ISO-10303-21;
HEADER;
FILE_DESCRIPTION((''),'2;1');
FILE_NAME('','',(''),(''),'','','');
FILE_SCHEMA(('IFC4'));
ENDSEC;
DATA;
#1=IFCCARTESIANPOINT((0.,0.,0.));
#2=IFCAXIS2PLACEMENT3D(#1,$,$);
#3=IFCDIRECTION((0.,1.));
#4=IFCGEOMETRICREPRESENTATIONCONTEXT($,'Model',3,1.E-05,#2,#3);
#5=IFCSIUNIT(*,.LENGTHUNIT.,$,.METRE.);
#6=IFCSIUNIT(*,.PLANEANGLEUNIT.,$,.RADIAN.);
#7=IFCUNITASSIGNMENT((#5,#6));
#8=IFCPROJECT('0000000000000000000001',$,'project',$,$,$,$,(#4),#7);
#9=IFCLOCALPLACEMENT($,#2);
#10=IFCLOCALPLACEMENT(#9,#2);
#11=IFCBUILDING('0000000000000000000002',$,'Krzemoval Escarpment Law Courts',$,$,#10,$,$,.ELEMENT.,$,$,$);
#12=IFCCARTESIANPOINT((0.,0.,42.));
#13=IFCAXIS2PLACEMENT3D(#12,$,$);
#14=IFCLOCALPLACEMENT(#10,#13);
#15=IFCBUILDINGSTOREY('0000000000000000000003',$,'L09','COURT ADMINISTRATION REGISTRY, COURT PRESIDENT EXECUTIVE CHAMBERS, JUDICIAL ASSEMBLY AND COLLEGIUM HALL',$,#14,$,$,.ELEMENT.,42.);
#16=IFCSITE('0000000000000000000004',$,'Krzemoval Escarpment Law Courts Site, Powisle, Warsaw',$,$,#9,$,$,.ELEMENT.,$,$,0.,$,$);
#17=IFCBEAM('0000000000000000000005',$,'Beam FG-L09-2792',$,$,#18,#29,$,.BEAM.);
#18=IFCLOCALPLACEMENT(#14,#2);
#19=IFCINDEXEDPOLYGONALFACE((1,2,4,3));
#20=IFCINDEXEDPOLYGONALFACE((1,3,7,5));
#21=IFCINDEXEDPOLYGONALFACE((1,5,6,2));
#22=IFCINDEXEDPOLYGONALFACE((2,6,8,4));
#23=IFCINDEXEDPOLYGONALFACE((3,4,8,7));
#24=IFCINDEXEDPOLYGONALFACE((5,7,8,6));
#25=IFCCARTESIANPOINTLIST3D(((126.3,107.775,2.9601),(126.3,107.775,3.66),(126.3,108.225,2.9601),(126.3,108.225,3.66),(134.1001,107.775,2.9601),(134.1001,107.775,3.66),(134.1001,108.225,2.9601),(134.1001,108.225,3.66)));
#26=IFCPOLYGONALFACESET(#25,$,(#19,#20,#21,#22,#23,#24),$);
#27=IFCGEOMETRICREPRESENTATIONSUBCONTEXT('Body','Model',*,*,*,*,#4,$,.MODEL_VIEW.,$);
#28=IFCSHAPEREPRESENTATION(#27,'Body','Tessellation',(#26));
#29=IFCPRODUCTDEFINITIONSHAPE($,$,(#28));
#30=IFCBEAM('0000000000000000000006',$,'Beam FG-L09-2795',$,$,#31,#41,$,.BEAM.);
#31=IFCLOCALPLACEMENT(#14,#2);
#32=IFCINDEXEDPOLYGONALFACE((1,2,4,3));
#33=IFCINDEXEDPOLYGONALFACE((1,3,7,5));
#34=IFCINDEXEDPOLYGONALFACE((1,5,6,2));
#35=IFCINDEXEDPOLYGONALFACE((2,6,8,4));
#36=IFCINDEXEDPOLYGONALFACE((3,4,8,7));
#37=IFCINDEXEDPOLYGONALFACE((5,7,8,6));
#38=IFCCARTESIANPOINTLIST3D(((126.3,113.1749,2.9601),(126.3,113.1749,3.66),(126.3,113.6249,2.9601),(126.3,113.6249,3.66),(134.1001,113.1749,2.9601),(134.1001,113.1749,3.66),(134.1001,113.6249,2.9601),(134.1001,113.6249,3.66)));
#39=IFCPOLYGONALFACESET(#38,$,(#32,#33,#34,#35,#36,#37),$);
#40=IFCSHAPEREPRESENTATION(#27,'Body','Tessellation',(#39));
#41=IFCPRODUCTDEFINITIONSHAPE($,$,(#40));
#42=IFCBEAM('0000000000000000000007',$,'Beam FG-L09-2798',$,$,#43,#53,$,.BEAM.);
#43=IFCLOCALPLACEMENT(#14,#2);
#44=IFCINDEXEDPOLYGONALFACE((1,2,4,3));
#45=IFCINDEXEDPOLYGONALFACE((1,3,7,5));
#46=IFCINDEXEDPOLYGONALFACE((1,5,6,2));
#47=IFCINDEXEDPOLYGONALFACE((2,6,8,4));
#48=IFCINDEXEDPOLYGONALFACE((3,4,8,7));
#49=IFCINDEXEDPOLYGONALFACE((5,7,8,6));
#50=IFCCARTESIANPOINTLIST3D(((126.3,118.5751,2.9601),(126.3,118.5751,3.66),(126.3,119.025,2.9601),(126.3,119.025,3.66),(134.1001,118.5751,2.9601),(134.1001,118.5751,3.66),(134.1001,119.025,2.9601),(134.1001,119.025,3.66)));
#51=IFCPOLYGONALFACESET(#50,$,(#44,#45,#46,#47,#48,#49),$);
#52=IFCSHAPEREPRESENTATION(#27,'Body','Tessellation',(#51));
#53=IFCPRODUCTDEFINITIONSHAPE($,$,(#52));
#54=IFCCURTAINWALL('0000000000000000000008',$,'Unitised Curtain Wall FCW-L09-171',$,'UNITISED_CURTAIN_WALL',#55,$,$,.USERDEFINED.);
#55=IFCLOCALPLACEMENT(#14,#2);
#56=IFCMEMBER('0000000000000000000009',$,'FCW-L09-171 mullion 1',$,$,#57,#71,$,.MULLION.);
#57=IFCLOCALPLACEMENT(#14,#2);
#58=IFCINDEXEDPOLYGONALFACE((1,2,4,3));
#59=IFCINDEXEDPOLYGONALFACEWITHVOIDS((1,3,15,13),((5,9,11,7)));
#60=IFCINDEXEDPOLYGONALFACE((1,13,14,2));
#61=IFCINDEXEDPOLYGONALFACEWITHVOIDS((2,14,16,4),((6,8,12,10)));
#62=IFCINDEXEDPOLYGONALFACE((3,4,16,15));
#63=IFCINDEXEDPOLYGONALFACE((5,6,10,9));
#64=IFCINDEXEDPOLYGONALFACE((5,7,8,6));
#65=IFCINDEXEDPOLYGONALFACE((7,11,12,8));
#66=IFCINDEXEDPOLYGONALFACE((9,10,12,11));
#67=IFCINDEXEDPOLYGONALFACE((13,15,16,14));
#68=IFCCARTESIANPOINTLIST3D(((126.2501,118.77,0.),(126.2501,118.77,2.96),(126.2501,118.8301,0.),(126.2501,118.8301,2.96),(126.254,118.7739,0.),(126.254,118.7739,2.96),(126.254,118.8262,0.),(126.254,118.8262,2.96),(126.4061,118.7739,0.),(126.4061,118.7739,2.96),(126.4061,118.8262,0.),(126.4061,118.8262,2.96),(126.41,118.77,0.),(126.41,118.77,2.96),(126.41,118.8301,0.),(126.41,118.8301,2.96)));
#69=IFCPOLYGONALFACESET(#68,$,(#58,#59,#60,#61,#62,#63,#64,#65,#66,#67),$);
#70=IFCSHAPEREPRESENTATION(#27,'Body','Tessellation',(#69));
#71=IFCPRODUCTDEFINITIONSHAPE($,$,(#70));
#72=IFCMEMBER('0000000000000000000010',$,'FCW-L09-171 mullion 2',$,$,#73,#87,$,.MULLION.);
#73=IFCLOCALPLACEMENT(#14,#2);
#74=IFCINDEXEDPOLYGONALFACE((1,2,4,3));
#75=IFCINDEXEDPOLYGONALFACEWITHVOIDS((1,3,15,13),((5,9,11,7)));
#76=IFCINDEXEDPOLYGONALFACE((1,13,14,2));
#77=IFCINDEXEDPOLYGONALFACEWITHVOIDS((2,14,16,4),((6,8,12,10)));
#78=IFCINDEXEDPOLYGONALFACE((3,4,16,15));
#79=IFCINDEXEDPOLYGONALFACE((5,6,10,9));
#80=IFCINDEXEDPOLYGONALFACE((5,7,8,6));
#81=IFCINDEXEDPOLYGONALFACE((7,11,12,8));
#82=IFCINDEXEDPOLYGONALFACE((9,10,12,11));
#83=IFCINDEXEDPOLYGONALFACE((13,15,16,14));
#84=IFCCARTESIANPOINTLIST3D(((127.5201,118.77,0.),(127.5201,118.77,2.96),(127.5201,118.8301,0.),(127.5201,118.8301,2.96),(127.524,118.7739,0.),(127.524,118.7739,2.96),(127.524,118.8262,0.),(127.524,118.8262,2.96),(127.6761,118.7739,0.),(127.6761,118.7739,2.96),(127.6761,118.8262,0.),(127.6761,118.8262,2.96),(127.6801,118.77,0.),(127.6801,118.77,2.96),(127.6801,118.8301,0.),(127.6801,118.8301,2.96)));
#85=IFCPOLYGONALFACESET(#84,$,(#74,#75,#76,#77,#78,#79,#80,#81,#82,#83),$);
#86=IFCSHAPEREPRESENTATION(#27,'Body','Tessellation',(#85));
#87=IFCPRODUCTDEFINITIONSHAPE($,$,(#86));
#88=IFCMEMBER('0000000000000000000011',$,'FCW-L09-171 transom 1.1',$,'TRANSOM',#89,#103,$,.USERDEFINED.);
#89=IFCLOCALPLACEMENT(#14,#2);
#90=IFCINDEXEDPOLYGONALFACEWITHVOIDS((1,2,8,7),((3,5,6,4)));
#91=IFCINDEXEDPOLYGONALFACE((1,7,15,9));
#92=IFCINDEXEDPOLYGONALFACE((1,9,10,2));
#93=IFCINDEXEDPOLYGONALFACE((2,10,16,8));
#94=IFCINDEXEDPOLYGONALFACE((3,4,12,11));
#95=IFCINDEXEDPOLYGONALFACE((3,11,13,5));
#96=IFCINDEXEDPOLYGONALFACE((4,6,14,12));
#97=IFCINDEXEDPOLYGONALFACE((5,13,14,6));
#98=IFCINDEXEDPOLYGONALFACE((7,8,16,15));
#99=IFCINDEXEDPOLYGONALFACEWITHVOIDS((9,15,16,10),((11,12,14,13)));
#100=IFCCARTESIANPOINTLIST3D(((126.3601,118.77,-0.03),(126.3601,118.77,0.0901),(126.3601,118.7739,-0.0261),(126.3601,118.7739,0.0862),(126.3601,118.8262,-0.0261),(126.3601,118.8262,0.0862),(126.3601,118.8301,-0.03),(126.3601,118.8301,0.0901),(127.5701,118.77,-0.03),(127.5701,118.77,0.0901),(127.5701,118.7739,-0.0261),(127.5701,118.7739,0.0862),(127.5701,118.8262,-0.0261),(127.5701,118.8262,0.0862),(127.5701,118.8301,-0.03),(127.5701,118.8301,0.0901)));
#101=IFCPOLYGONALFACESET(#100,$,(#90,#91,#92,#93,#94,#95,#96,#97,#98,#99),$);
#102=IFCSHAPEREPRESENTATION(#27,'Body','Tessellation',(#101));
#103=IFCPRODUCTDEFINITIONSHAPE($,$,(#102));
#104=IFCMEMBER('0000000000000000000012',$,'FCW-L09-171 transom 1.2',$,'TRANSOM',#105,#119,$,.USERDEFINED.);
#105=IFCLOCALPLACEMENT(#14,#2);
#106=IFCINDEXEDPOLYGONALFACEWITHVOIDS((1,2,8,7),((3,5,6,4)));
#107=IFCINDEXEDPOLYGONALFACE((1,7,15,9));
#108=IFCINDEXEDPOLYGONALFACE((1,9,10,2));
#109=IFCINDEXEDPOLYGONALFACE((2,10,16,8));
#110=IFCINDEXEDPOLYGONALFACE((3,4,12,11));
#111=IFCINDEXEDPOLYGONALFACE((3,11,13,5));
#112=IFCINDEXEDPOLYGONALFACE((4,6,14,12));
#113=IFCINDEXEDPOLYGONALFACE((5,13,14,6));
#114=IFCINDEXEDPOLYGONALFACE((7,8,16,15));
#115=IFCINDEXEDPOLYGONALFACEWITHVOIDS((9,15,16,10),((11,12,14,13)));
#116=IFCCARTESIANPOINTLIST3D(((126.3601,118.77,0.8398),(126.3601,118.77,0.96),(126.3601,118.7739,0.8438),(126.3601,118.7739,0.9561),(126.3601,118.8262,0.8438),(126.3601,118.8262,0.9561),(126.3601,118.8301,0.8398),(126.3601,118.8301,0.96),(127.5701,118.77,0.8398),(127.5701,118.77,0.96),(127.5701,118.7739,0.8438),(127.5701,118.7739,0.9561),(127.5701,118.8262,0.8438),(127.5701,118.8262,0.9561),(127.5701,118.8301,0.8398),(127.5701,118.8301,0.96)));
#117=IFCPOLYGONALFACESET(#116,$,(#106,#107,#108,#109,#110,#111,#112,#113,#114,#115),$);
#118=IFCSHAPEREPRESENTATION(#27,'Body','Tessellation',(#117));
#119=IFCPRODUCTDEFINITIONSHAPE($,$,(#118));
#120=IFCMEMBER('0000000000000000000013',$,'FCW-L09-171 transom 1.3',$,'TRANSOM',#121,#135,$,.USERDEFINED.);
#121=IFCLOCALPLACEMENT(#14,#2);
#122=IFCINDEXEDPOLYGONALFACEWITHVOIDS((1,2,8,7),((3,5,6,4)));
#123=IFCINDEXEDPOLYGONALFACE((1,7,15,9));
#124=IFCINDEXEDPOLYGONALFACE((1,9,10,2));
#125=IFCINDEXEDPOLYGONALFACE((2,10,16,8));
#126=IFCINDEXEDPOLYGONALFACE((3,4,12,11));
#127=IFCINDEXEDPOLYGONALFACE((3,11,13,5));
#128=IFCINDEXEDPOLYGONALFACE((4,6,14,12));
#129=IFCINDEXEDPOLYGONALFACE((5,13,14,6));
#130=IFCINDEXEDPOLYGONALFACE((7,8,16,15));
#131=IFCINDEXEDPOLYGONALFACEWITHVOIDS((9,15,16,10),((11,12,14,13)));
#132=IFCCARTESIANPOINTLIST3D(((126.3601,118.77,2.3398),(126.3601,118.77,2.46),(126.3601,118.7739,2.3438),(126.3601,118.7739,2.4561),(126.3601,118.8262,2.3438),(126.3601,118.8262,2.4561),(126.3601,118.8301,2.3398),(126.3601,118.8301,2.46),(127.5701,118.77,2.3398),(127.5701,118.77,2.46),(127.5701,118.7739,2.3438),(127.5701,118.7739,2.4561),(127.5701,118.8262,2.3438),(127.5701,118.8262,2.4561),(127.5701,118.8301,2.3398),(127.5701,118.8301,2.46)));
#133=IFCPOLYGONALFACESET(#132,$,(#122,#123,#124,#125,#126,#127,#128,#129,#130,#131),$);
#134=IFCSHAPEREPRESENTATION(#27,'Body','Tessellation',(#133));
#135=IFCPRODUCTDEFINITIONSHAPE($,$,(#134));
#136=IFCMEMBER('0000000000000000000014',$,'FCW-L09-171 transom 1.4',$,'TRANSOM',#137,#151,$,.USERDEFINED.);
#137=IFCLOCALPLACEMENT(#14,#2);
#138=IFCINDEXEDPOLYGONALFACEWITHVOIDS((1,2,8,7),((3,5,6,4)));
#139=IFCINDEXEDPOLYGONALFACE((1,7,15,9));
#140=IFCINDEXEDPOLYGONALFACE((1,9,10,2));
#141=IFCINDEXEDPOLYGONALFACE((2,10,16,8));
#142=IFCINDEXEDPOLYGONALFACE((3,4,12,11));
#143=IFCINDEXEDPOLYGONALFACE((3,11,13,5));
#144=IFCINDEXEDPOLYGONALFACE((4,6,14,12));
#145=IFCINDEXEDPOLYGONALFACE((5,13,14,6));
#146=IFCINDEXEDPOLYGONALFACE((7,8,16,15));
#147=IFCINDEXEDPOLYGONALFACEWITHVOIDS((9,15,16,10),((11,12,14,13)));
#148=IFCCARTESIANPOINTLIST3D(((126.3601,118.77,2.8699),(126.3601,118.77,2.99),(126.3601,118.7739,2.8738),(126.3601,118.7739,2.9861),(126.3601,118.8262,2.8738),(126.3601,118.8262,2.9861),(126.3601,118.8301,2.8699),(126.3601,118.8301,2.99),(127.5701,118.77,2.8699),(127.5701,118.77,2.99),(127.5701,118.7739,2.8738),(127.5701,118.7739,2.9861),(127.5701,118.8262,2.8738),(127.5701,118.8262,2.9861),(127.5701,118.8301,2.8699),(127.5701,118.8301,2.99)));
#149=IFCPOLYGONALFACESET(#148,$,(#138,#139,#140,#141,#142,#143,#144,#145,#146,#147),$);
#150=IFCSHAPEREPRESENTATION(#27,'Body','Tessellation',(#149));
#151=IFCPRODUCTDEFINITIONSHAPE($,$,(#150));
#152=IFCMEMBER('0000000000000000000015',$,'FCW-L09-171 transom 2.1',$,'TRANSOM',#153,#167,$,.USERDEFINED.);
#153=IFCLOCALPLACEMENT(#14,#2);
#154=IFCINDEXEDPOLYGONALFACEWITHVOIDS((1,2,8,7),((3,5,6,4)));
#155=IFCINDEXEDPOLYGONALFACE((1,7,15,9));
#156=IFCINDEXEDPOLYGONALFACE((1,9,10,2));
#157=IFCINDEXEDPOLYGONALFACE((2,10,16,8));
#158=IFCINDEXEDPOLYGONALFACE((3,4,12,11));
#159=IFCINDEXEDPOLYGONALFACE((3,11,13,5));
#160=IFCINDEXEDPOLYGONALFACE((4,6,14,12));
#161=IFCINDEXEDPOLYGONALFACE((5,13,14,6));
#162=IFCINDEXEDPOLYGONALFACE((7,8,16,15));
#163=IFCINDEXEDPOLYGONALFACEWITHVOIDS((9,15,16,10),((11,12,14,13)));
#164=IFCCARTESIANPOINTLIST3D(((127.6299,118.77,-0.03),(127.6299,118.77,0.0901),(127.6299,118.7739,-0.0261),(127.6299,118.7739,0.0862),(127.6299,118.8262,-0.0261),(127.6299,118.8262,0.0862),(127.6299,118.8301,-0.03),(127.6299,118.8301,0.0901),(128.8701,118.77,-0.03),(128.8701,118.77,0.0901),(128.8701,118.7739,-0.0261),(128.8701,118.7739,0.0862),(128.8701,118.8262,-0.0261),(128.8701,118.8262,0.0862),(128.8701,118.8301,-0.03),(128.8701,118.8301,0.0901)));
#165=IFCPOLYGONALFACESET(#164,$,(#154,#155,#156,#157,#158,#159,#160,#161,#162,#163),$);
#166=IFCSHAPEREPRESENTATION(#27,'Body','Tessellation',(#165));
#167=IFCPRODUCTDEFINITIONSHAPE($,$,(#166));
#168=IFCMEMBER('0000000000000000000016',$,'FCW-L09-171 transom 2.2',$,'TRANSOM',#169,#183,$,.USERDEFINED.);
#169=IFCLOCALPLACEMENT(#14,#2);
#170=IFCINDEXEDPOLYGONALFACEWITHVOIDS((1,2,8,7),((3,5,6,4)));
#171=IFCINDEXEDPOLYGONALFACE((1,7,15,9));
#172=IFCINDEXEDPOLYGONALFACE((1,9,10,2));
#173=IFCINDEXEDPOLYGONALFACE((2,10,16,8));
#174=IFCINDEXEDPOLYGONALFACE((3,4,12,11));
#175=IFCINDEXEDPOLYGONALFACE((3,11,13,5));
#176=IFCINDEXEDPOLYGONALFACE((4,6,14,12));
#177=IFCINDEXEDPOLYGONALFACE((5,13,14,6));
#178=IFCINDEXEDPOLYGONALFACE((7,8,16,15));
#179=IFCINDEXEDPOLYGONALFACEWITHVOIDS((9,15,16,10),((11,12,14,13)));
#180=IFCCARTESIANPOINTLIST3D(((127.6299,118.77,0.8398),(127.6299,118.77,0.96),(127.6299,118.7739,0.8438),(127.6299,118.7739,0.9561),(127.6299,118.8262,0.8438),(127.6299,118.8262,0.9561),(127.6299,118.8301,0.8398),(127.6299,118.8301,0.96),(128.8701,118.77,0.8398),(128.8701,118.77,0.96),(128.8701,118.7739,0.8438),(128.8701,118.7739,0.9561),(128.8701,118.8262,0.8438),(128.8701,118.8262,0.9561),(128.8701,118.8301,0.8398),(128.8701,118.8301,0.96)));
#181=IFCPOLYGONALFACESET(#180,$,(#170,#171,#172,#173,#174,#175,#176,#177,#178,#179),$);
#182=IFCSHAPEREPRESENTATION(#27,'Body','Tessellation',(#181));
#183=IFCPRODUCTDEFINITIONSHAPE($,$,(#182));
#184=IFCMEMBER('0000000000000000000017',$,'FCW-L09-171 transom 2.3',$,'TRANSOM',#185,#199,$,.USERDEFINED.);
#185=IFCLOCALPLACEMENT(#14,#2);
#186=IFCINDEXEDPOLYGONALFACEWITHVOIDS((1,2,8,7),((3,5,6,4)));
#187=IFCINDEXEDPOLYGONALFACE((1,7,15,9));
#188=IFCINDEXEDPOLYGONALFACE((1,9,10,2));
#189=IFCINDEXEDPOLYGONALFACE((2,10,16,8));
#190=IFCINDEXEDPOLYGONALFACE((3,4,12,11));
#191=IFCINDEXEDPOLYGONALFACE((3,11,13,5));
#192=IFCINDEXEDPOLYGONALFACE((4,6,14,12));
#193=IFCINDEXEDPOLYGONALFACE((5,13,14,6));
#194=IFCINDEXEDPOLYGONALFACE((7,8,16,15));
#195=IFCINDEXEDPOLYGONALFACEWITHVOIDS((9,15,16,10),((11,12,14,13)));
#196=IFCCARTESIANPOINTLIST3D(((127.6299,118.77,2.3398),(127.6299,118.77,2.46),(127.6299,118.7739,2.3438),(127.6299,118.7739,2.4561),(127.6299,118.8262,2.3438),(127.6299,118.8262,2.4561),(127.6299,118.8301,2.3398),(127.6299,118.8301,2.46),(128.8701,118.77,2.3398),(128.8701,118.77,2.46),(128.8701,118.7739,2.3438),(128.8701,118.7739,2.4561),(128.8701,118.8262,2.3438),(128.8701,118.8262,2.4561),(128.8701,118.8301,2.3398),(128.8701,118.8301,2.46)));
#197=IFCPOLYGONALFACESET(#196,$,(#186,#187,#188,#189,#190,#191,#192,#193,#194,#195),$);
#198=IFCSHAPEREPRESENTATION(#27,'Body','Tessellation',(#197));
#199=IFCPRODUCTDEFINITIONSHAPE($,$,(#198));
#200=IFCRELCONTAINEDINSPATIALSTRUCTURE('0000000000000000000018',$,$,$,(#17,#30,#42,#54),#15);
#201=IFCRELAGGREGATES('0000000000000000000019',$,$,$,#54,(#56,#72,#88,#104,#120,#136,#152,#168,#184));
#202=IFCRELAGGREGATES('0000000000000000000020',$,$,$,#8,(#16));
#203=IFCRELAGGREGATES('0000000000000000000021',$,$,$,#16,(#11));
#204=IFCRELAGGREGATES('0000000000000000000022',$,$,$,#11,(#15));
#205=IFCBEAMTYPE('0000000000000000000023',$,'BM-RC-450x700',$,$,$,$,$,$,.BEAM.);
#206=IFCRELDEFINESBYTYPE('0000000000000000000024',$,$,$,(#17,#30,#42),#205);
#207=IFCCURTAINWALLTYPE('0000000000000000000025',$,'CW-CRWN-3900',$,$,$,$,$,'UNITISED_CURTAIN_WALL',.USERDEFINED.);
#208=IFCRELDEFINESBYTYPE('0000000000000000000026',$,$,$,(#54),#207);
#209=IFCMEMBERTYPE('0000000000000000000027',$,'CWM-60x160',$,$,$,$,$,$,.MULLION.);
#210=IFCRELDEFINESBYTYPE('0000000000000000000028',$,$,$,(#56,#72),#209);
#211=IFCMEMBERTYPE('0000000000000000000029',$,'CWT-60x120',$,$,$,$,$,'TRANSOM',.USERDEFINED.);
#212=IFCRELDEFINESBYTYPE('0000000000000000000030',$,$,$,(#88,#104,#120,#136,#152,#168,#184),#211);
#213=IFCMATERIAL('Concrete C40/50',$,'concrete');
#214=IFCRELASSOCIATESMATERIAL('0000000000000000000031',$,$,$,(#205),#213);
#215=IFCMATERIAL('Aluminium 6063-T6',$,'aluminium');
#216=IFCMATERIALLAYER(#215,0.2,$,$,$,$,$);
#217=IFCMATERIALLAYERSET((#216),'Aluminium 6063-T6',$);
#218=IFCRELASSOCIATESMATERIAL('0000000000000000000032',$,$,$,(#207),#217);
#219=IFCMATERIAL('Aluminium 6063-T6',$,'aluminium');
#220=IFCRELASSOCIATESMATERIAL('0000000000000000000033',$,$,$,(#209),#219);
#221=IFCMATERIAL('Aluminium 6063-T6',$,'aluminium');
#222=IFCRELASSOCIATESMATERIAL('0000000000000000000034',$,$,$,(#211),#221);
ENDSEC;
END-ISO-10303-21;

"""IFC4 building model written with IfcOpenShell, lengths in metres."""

from ifc_helpers import new_model, si_unit, direction, frame, origin, origin_2d, place, context, subcontext, project, spatial, rectangle, hollow_rectangle, extrude, material, layer, layer_set, material_profile, profile_set, type_object, element, aggregate, save


model = new_model("IFC4")

# Units and contexts
model_context = context("Model", 3, precision=1e-05, world=origin(), true_north=direction((0.0, 1.0)))
body_context = subcontext(model_context, "Body", "Model", "MODEL_VIEW")
ifc_project = project(units=[si_unit("LENGTHUNIT", "METRE"), si_unit("PLANEANGLEUNIT", "RADIAN")], contexts=[model_context])

# Site, building, storey
site_placement = place(None, origin())
site = spatial("IfcSite", under=ifc_project, at=site_placement, Name="Krzemoval Escarpment Law Courts Site, Powisle, Warsaw", CompositionType="ELEMENT", RefElevation=0.0)
building_placement = place(site_placement, origin())
building = spatial("IfcBuilding", under=site, at=building_placement, Name="Krzemoval Escarpment Law Courts", CompositionType="ELEMENT")
storey_placement = place(building_placement, frame((0.0, 0.0, 42.0)))
storey = spatial("IfcBuildingStorey", under=building, at=storey_placement, Name="L09", Description="COURT ADMINISTRATION REGISTRY, COURT PRESIDENT EXECUTIVE CHAMBERS, JUDICIAL ASSEMBLY AND COLLEGIUM HALL", CompositionType="ELEMENT", Elevation=42.0)

# Beams
ifc_material_1 = material(Name="Concrete C40/50", Category="concrete")
ifc_material_profile_1 = material_profile(ifc_material_1, rectangle(XDim=0.45, YDim=0.7, at=origin_2d()), Name="RCB 450x700")
ifc_profile_set_1 = profile_set([ifc_material_profile_1], Name="Concrete C40/50")
beam_type_1 = type_object("IfcBeamType", Name="BM-RC-450x700", PredefinedType="BEAM", material=ifc_profile_set_1)
for number, where, z_axis, x_axis, name in (
    (1, (126.3, 108.0, 3.3101), (1.0, 0.0, 0.0), (0.0, 1.0, 0.0), "Beam FG-L09-2792"),
    (2, (126.3, 113.3999, 3.3101), (1.0, 0.0, 0.0), (0.0, 1.0, 0.0), "Beam FG-L09-2795"),
    (3, (126.3, 118.8, 3.3101), (1.0, 0.0, 0.0), (0.0, 1.0, 0.0), "Beam FG-L09-2798"),
):
    element("IfcBeam", number, at=place(storey_placement, frame(where, z_axis=z_axis, x_axis=x_axis)), inside=storey, type_object=beam_type_1, Name=name, PredefinedType="BEAM", context=body_context, shape_type="SweptSolid", body=[
        extrude(rectangle(XDim=0.45, YDim=0.7, at=origin_2d()), origin(), (0.0, 0.0, 1.0), 7.8),
    ])

# Curtain wall, members
ifc_material_2 = material(Name="Aluminium 6063-T6", Category="aluminium")
ifc_layer_1 = layer(ifc_material_2, 0.2)
ifc_layer_set_1 = layer_set([ifc_layer_1], Name="Aluminium 6063-T6")
curtain_wall_type = type_object("IfcCurtainWallType", Name="CW-CRWN-3900", ElementType="UNITISED_CURTAIN_WALL", PredefinedType="USERDEFINED", material=ifc_layer_set_1)
curtain_wall_placement = place(storey_placement, origin())
curtain_wall = element("IfcCurtainWall", 4, at=curtain_wall_placement, inside=storey, type_object=curtain_wall_type, Name="Unitised Curtain Wall FCW-L09-171", ObjectType="UNITISED_CURTAIN_WALL", PredefinedType="USERDEFINED")
ifc_material_3 = material(Name="Aluminium 6063-T6", Category="aluminium")
ifc_material_profile_2 = material_profile(ifc_material_3, hollow_rectangle(XDim=0.0601, YDim=0.1599, WallThickness=0.0039, at=origin_2d()), Name="ALU M60x160")
ifc_profile_set_2 = profile_set([ifc_material_profile_2], Name="Aluminium 6063-T6")
member_type_1 = type_object("IfcMemberType", Name="CWM-60x160", PredefinedType="MULLION", material=ifc_profile_set_2)
member_1_placement = place(storey_placement, frame((126.3301, 118.8, 0.0), z_axis=(0.0, 0.0, 1.0), x_axis=(0.0, 1.0, 0.0)))
member_1 = element("IfcMember", 5, at=member_1_placement, type_object=member_type_1, Name="FCW-L09-171 mullion 1", PredefinedType="MULLION", context=body_context, shape_type="SweptSolid", body=[
    extrude(hollow_rectangle(XDim=0.0601, YDim=0.1599, WallThickness=0.0039, at=origin_2d()), origin(), (0.0, 0.0, 1.0), 2.96),
])
member_2_placement = place(storey_placement, frame((127.6001, 118.8, 0.0), z_axis=(0.0, 0.0, 1.0), x_axis=(0.0, 1.0, 0.0)))
member_2 = element("IfcMember", 6, at=member_2_placement, type_object=member_type_1, Name="FCW-L09-171 mullion 2", PredefinedType="MULLION", context=body_context, shape_type="SweptSolid", body=[
    extrude(hollow_rectangle(XDim=0.0601, YDim=0.1599, WallThickness=0.0039, at=origin_2d()), origin(), (0.0, 0.0, 1.0), 2.96),
])
ifc_material_4 = material(Name="Aluminium 6063-T6", Category="aluminium")
ifc_material_profile_3 = material_profile(ifc_material_4, hollow_rectangle(XDim=0.0601, YDim=0.1201, WallThickness=0.0039, at=origin_2d()), Name="ALU T60x120")
ifc_profile_set_3 = profile_set([ifc_material_profile_3], Name="Aluminium 6063-T6")
member_type_2 = type_object("IfcMemberType", Name="CWT-60x120", ElementType="TRANSOM", PredefinedType="USERDEFINED", material=ifc_profile_set_3)
member_3_placement = place(storey_placement, frame((126.3601, 118.8, 0.03), z_axis=(1.0, 0.0, 0.0), x_axis=(0.0, 1.0, 0.0)))
member_3 = element("IfcMember", 7, at=member_3_placement, type_object=member_type_2, Name="FCW-L09-171 transom 1.1", ObjectType="TRANSOM", PredefinedType="USERDEFINED", context=body_context, shape_type="SweptSolid", body=[
    extrude(hollow_rectangle(XDim=0.0601, YDim=0.1201, WallThickness=0.0039, at=origin_2d()), origin(), (0.0, 0.0, 1.0), 1.21),
])
member_4_placement = place(storey_placement, frame((126.3601, 118.8, 0.8999), z_axis=(1.0, 0.0, 0.0), x_axis=(0.0, 1.0, 0.0)))
member_4 = element("IfcMember", 8, at=member_4_placement, type_object=member_type_2, Name="FCW-L09-171 transom 1.2", ObjectType="TRANSOM", PredefinedType="USERDEFINED", context=body_context, shape_type="SweptSolid", body=[
    extrude(hollow_rectangle(XDim=0.0601, YDim=0.1201, WallThickness=0.0039, at=origin_2d()), origin(), (0.0, 0.0, 1.0), 1.21),
])
member_5_placement = place(storey_placement, frame((126.3601, 118.8, 2.3999), z_axis=(1.0, 0.0, 0.0), x_axis=(0.0, 1.0, 0.0)))
member_5 = element("IfcMember", 9, at=member_5_placement, type_object=member_type_2, Name="FCW-L09-171 transom 1.3", ObjectType="TRANSOM", PredefinedType="USERDEFINED", context=body_context, shape_type="SweptSolid", body=[
    extrude(hollow_rectangle(XDim=0.0601, YDim=0.1201, WallThickness=0.0039, at=origin_2d()), origin(), (0.0, 0.0, 1.0), 1.21),
])
member_6_placement = place(storey_placement, frame((126.3601, 118.8, 2.9299), z_axis=(1.0, 0.0, 0.0), x_axis=(0.0, 1.0, 0.0)))
member_6 = element("IfcMember", 10, at=member_6_placement, type_object=member_type_2, Name="FCW-L09-171 transom 1.4", ObjectType="TRANSOM", PredefinedType="USERDEFINED", context=body_context, shape_type="SweptSolid", body=[
    extrude(hollow_rectangle(XDim=0.0601, YDim=0.1201, WallThickness=0.0039, at=origin_2d()), origin(), (0.0, 0.0, 1.0), 1.21),
])
member_7_placement = place(storey_placement, frame((127.6299, 118.8, 0.03), z_axis=(1.0, 0.0, 0.0), x_axis=(0.0, 1.0, 0.0)))
member_7 = element("IfcMember", 11, at=member_7_placement, type_object=member_type_2, Name="FCW-L09-171 transom 2.1", ObjectType="TRANSOM", PredefinedType="USERDEFINED", context=body_context, shape_type="SweptSolid", body=[
    extrude(hollow_rectangle(XDim=0.0601, YDim=0.1201, WallThickness=0.0039, at=origin_2d()), origin(), (0.0, 0.0, 1.0), 1.2402),
])
member_8_placement = place(storey_placement, frame((127.6299, 118.8, 0.8999), z_axis=(1.0, 0.0, 0.0), x_axis=(0.0, 1.0, 0.0)))
member_8 = element("IfcMember", 12, at=member_8_placement, type_object=member_type_2, Name="FCW-L09-171 transom 2.2", ObjectType="TRANSOM", PredefinedType="USERDEFINED", context=body_context, shape_type="SweptSolid", body=[
    extrude(hollow_rectangle(XDim=0.0601, YDim=0.1201, WallThickness=0.0039, at=origin_2d()), origin(), (0.0, 0.0, 1.0), 1.2402),
])
member_9_placement = place(storey_placement, frame((127.6299, 118.8, 2.3999), z_axis=(1.0, 0.0, 0.0), x_axis=(0.0, 1.0, 0.0)))
member_9 = element("IfcMember", 13, at=member_9_placement, type_object=member_type_2, Name="FCW-L09-171 transom 2.3", ObjectType="TRANSOM", PredefinedType="USERDEFINED", context=body_context, shape_type="SweptSolid", body=[
    extrude(hollow_rectangle(XDim=0.0601, YDim=0.1201, WallThickness=0.0039, at=origin_2d()), origin(), (0.0, 0.0, 1.0), 1.2402),
])

aggregate(curtain_wall, [member_1, member_2, member_3, member_4, member_5, member_6, member_7, member_8, member_9])

save(model, "model.ifc")
